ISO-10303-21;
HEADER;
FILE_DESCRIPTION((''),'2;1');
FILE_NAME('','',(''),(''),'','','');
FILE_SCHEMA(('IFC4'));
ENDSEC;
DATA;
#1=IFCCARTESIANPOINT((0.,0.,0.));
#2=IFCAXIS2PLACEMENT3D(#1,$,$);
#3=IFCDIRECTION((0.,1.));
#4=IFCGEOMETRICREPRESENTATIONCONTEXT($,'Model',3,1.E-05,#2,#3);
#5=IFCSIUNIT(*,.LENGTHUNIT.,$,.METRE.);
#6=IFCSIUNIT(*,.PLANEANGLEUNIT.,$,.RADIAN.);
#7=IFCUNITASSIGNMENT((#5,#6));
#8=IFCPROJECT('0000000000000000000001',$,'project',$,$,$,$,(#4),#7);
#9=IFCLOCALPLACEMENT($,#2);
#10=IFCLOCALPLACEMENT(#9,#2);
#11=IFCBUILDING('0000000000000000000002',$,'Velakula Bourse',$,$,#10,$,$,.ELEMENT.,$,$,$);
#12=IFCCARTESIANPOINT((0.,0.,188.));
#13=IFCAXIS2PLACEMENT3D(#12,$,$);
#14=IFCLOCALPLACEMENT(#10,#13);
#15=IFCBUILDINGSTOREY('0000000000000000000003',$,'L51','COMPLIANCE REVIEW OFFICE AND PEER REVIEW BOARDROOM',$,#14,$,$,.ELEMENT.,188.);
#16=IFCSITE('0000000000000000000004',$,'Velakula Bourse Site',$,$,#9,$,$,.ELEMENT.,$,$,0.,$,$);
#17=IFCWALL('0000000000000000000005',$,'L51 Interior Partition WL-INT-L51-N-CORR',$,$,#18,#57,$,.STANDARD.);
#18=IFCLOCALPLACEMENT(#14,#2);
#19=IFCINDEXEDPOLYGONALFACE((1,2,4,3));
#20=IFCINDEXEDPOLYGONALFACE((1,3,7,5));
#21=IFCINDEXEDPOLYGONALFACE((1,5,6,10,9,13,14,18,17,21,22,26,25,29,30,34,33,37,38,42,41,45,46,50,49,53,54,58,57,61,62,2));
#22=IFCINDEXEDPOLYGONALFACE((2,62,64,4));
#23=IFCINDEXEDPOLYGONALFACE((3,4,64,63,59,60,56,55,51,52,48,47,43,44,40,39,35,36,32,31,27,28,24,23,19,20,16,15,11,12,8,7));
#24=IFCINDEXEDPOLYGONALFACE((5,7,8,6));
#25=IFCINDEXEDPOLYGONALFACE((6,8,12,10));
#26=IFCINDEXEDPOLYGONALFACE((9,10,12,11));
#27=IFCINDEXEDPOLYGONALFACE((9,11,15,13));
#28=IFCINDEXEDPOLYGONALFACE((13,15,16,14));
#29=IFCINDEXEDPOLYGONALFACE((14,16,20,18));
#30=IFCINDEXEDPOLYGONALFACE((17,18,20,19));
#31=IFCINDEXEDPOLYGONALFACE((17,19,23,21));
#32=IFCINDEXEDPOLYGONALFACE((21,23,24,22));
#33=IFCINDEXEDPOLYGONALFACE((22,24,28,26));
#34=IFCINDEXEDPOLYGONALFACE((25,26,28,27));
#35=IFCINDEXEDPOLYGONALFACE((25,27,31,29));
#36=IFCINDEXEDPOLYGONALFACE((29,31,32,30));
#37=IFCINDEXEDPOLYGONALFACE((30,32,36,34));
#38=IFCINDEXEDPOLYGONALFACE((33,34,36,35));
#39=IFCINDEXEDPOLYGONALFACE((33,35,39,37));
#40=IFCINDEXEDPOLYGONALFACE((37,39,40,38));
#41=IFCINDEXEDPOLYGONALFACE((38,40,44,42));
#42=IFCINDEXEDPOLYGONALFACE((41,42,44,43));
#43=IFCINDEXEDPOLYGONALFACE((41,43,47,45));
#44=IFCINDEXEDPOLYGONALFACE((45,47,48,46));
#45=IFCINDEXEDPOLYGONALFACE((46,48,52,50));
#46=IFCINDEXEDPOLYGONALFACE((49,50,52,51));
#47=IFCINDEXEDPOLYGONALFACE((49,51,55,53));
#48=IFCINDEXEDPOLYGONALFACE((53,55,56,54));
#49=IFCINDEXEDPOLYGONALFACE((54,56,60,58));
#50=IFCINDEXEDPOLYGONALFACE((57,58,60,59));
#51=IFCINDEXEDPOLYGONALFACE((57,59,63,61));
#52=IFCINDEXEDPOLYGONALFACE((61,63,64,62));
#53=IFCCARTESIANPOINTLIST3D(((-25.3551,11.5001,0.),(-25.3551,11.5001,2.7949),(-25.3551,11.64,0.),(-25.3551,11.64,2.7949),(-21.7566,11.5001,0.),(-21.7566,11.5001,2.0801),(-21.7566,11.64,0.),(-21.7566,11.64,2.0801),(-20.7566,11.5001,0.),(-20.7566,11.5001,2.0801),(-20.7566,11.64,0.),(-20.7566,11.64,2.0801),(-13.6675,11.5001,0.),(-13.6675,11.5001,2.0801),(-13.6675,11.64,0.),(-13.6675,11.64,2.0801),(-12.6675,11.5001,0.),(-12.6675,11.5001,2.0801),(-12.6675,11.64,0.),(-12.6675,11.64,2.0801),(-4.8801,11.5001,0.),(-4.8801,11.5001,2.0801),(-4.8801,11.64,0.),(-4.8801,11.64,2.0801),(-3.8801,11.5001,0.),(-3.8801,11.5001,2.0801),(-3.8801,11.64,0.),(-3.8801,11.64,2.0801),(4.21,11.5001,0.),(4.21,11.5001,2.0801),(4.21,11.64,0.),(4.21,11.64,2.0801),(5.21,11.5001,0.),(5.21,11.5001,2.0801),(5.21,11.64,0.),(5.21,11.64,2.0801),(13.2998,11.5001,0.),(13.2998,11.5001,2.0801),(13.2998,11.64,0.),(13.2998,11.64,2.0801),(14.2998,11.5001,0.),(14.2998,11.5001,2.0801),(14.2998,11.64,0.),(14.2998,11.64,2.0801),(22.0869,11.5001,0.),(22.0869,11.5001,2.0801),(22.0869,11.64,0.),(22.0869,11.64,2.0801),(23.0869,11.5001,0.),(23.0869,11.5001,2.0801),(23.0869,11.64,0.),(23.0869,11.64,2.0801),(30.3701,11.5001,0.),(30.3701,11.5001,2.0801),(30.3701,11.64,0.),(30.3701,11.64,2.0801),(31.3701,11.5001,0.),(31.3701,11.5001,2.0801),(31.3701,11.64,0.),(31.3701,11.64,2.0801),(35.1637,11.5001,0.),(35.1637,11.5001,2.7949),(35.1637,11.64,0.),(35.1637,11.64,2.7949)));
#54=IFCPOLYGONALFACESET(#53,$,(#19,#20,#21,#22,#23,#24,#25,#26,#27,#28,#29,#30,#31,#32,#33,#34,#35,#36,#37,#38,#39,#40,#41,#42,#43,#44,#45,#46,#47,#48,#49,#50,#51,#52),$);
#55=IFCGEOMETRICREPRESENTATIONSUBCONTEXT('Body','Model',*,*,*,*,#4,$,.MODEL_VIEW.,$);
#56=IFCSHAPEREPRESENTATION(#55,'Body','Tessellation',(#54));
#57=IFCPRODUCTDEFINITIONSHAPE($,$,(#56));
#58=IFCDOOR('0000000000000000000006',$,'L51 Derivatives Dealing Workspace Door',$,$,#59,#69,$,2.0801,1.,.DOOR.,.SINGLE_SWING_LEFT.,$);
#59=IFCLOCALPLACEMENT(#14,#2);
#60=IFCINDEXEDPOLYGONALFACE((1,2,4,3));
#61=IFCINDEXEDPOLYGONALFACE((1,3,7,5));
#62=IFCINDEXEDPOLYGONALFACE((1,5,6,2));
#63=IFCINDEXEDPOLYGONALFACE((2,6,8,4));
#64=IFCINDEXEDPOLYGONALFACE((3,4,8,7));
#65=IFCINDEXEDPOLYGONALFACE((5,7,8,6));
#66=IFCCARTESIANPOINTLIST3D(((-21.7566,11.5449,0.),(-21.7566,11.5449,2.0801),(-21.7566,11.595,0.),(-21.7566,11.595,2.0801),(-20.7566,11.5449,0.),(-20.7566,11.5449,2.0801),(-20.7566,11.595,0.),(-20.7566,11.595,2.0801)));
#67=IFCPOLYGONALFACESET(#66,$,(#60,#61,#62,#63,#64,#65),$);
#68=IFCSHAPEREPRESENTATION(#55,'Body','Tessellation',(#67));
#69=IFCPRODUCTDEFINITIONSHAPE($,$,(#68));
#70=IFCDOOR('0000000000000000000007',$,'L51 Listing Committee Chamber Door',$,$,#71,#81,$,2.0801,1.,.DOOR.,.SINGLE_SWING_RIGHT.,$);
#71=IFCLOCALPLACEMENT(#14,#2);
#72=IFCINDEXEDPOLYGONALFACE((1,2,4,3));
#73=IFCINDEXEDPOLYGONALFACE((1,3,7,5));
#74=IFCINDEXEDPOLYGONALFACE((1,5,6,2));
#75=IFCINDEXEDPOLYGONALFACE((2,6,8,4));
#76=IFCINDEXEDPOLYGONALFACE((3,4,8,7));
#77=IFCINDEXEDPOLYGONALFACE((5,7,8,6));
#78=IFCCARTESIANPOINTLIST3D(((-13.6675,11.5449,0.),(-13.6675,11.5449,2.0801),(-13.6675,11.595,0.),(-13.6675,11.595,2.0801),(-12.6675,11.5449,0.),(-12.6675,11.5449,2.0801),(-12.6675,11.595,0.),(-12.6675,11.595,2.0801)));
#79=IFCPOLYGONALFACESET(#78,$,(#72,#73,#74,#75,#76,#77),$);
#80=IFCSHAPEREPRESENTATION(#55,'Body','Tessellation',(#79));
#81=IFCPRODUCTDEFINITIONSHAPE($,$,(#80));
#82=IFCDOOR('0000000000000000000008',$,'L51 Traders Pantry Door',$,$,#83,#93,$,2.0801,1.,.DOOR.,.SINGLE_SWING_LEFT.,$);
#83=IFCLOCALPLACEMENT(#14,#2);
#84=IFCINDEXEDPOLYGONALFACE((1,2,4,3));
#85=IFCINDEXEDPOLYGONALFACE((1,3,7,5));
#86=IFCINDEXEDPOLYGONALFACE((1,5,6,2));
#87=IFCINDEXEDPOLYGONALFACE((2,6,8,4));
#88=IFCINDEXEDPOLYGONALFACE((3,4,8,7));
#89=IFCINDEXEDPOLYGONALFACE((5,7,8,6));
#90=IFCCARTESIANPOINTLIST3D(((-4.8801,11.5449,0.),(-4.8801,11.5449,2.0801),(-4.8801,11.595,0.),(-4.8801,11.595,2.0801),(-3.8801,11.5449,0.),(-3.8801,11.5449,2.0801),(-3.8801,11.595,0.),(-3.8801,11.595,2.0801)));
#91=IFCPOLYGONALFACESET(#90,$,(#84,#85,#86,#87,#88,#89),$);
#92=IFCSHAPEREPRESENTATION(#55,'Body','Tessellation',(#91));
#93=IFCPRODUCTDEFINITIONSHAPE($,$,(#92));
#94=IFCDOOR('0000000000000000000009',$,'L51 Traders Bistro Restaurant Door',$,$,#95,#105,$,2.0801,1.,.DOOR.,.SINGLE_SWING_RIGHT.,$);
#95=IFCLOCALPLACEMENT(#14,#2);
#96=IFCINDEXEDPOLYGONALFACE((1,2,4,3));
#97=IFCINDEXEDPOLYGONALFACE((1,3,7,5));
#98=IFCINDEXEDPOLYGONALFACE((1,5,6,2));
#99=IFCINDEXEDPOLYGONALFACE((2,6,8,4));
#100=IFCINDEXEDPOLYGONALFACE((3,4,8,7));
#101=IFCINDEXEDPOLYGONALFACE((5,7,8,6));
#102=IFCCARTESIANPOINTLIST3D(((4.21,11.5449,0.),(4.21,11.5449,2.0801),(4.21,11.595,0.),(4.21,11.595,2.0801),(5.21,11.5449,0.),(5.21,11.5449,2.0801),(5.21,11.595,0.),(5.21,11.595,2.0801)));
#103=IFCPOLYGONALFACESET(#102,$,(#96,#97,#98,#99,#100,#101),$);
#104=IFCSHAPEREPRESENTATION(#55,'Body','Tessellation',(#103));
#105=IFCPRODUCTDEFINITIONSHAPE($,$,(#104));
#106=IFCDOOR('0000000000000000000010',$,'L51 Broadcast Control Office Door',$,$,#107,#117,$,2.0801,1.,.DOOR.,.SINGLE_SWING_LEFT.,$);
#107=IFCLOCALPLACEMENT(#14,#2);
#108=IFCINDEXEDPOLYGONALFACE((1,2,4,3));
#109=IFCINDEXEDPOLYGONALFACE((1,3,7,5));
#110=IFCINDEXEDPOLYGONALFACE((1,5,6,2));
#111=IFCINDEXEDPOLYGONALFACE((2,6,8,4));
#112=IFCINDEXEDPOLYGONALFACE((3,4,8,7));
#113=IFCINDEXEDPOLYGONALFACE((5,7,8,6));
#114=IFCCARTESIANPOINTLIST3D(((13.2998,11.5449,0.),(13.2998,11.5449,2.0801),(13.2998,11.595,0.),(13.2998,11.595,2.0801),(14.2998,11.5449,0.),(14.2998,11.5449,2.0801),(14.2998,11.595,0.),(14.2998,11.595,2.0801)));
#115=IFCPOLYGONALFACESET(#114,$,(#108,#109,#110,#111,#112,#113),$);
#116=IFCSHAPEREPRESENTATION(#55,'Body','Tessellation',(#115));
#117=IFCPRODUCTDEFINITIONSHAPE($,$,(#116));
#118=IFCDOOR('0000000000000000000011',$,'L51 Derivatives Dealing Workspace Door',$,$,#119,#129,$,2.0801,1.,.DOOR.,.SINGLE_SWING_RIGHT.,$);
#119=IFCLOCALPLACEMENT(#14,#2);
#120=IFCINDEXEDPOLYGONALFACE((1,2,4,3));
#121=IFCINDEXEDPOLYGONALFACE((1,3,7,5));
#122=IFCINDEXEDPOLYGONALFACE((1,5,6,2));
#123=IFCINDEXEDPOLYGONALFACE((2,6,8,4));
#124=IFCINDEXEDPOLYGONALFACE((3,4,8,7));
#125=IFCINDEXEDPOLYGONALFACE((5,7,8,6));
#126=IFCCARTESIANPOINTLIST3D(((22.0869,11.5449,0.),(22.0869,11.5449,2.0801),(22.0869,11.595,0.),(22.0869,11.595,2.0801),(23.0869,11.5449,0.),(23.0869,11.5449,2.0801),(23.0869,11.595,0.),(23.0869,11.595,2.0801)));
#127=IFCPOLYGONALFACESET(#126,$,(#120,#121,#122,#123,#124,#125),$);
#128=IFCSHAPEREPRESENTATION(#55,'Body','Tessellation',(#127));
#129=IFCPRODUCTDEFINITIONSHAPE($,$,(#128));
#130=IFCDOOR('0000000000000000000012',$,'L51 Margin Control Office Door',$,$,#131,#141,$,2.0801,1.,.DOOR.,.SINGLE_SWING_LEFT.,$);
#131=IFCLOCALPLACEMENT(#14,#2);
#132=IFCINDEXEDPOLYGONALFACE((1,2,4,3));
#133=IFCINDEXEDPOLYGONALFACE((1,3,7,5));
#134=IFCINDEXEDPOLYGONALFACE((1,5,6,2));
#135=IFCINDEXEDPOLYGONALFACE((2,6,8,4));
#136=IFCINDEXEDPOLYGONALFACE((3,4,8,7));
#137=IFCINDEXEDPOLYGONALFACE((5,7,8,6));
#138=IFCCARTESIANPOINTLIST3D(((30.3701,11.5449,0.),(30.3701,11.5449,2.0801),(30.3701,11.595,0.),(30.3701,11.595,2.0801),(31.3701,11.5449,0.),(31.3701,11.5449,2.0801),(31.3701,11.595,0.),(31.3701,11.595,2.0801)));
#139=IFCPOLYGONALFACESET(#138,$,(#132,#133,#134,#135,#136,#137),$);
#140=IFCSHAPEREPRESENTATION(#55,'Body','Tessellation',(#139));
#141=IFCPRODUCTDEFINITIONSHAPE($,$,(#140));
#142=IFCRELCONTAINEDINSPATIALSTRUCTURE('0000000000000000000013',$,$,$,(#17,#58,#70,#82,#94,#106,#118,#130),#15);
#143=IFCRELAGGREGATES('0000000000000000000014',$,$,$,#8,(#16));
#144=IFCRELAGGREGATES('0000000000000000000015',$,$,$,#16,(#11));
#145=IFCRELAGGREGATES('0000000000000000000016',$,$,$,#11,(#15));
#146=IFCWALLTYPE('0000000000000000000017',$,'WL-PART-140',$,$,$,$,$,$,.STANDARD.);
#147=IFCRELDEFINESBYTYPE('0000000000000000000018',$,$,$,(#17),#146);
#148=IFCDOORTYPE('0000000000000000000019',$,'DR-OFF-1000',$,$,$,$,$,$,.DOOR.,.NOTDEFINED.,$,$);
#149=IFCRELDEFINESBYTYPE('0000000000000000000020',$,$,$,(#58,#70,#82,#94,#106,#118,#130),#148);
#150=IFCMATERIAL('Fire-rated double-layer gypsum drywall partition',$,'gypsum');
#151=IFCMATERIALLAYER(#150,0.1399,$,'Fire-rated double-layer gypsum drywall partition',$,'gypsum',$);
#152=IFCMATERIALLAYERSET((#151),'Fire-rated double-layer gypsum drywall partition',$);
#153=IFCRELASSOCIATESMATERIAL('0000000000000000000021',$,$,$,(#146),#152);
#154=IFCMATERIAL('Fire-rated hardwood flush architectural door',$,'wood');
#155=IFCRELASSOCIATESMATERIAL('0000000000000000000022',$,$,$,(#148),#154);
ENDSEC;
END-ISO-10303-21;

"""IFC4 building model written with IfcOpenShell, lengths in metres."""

from ifc_helpers import new_model, si_unit, direction, frame, frame_2d, origin, place, context, subcontext, project, spatial, rectangle, extrude, material, layer, layer_set, type_object, element, fill, save


model = new_model("IFC4")

# Units and contexts
model_context = context("Model", 3, precision=1e-05, world=origin(), true_north=direction((0.0, 1.0)))
body_context = subcontext(model_context, "Body", "Model", "MODEL_VIEW")
ifc_project = project(units=[si_unit("LENGTHUNIT", "METRE"), si_unit("PLANEANGLEUNIT", "RADIAN")], contexts=[model_context])

# Site, building, storey
site_placement = place(None, origin())
site = spatial("IfcSite", under=ifc_project, at=site_placement, Name="Velakula Bourse Site", CompositionType="ELEMENT", RefElevation=0.0)
building_placement = place(site_placement, origin())
building = spatial("IfcBuilding", under=site, at=building_placement, Name="Velakula Bourse", CompositionType="ELEMENT")
storey_placement = place(building_placement, frame((0.0, 0.0, 188.0)))
storey = spatial("IfcBuildingStorey", under=building, at=storey_placement, Name="L51", Description="COMPLIANCE REVIEW OFFICE AND PEER REVIEW BOARDROOM", CompositionType="ELEMENT", Elevation=188.0)

# Wall, openings, doors
ifc_material_1 = material(Name="Fire-rated double-layer gypsum drywall partition", Category="gypsum")
ifc_layer_1 = layer(ifc_material_1, 0.1399, Name="Fire-rated double-layer gypsum drywall partition", Category="gypsum")
ifc_layer_set_1 = layer_set([ifc_layer_1], Name="Fire-rated double-layer gypsum drywall partition")
wall_type_1 = type_object("IfcWallType", Name="WL-PART-140", PredefinedType="STANDARD", material=ifc_layer_set_1)
wall_1_placement = place(storey_placement, frame((-25.355, 11.5701, 0.0), z_axis=(0.0, 0.0, 1.0), x_axis=(1.0, 0.0, 0.0)))
wall_1 = element("IfcWall", 1, at=wall_1_placement, inside=storey, type_object=wall_type_1, Name="L51 Interior Partition WL-INT-L51-N-CORR", PredefinedType="STANDARD", context=body_context, shape_type="SweptSolid", body=[
    extrude(rectangle(XDim=60.5188, YDim=0.1399, at=frame_2d((30.2593, 0.0))), origin(), (0.0, 0.0, 1.0), 2.7949),
])
opening_1_placement = place(wall_1_placement, frame((3.5984, 0.0, 0.0)))
opening_1 = element("IfcOpeningElement", 2, at=opening_1_placement, cuts=wall_1, PredefinedType="OPENING", context=body_context, shape_type="SweptSolid", body=[
    extrude(rectangle(XDim=1.0, YDim=2.0801, at=frame_2d((0.5, 1.04))), frame((0.0, 0.0798, 0.0), z_axis=(0.0, -1.0, 0.0), x_axis=(1.0, 0.0, 0.0)), (0.0, 0.0, 1.0), 0.1599),
])
opening_2_placement = place(wall_1_placement, frame((11.6875, 0.0, 0.0)))
opening_2 = element("IfcOpeningElement", 3, at=opening_2_placement, cuts=wall_1, PredefinedType="OPENING", context=body_context, shape_type="SweptSolid", body=[
    extrude(rectangle(XDim=1.0, YDim=2.0801, at=frame_2d((0.5, 1.04))), frame((0.0, 0.0798, 0.0), z_axis=(0.0, -1.0, 0.0), x_axis=(1.0, 0.0, 0.0)), (0.0, 0.0, 1.0), 0.1599),
])
opening_3_placement = place(wall_1_placement, frame((20.4749, 0.0, 0.0)))
opening_3 = element("IfcOpeningElement", 4, at=opening_3_placement, cuts=wall_1, PredefinedType="OPENING", context=body_context, shape_type="SweptSolid", body=[
    extrude(rectangle(XDim=1.0, YDim=2.0801, at=frame_2d((0.5, 1.04))), frame((0.0, 0.0798, 0.0), z_axis=(0.0, -1.0, 0.0), x_axis=(1.0, 0.0, 0.0)), (0.0, 0.0, 1.0), 0.1599),
])
opening_4_placement = place(wall_1_placement, frame((29.5649, 0.0, 0.0)))
opening_4 = element("IfcOpeningElement", 5, at=opening_4_placement, cuts=wall_1, PredefinedType="OPENING", context=body_context, shape_type="SweptSolid", body=[
    extrude(rectangle(XDim=1.0, YDim=2.0801, at=frame_2d((0.5, 1.04))), frame((0.0, 0.0798, 0.0), z_axis=(0.0, -1.0, 0.0), x_axis=(1.0, 0.0, 0.0)), (0.0, 0.0, 1.0), 0.1599),
])
opening_5_placement = place(wall_1_placement, frame((38.6548, 0.0, 0.0)))
opening_5 = element("IfcOpeningElement", 6, at=opening_5_placement, cuts=wall_1, PredefinedType="OPENING", context=body_context, shape_type="SweptSolid", body=[
    extrude(rectangle(XDim=1.0, YDim=2.0801, at=frame_2d((0.5, 1.04))), frame((0.0, 0.0798, 0.0), z_axis=(0.0, -1.0, 0.0), x_axis=(1.0, 0.0, 0.0)), (0.0, 0.0, 1.0), 0.1599),
])
opening_6_placement = place(wall_1_placement, frame((47.4419, 0.0, 0.0)))
opening_6 = element("IfcOpeningElement", 7, at=opening_6_placement, cuts=wall_1, PredefinedType="OPENING", context=body_context, shape_type="SweptSolid", body=[
    extrude(rectangle(XDim=1.0, YDim=2.0801, at=frame_2d((0.5, 1.04))), frame((0.0, 0.0798, 0.0), z_axis=(0.0, -1.0, 0.0), x_axis=(1.0, 0.0, 0.0)), (0.0, 0.0, 1.0), 0.1599),
])
opening_7_placement = place(wall_1_placement, frame((55.7251, 0.0, 0.0)))
opening_7 = element("IfcOpeningElement", 8, at=opening_7_placement, cuts=wall_1, PredefinedType="OPENING", context=body_context, shape_type="SweptSolid", body=[
    extrude(rectangle(XDim=1.0, YDim=2.0801, at=frame_2d((0.5, 1.04))), frame((0.0, 0.0798, 0.0), z_axis=(0.0, -1.0, 0.0), x_axis=(1.0, 0.0, 0.0)), (0.0, 0.0, 1.0), 0.1599),
])
ifc_material_2 = material(Name="Fire-rated hardwood flush architectural door", Category="wood")
door_type = type_object("IfcDoorType", Name="DR-OFF-1000", OperationType="NOTDEFINED", PredefinedType="DOOR", material=ifc_material_2)
door_1_placement = place(opening_1_placement, origin())
door_1 = element("IfcDoor", 9, at=door_1_placement, inside=storey, type_object=door_type, Name="L51 Derivatives Dealing Workspace Door", OperationType="SINGLE_SWING_LEFT", OverallHeight=2.0801, OverallWidth=1.0, PredefinedType="DOOR", context=body_context, shape_type="SweptSolid", body=[
    extrude(rectangle(XDim=1.0, YDim=2.0801, at=frame_2d((0.5, 1.04))), frame((0.0, 0.0249, 0.0), z_axis=(0.0, -1.0, 0.0), x_axis=(1.0, 0.0, 0.0)), (0.0, 0.0, 1.0), 0.05),
])
fill(opening_1, door_1)
door_2_placement = place(opening_2_placement, origin())
door_2 = element("IfcDoor", 10, at=door_2_placement, inside=storey, type_object=door_type, Name="L51 Listing Committee Chamber Door", OperationType="SINGLE_SWING_RIGHT", OverallHeight=2.0801, OverallWidth=1.0, PredefinedType="DOOR", context=body_context, shape_type="SweptSolid", body=[
    extrude(rectangle(XDim=1.0, YDim=2.0801, at=frame_2d((0.5, 1.04))), frame((0.0, 0.0249, 0.0), z_axis=(0.0, -1.0, 0.0), x_axis=(1.0, 0.0, 0.0)), (0.0, 0.0, 1.0), 0.05),
])
fill(opening_2, door_2)
door_3_placement = place(opening_3_placement, origin())
door_3 = element("IfcDoor", 11, at=door_3_placement, inside=storey, type_object=door_type, Name="L51 Traders Pantry Door", OperationType="SINGLE_SWING_LEFT", OverallHeight=2.0801, OverallWidth=1.0, PredefinedType="DOOR", context=body_context, shape_type="SweptSolid", body=[
    extrude(rectangle(XDim=1.0, YDim=2.0801, at=frame_2d((0.5, 1.04))), frame((0.0, 0.0249, 0.0), z_axis=(0.0, -1.0, 0.0), x_axis=(1.0, 0.0, 0.0)), (0.0, 0.0, 1.0), 0.05),
])
fill(opening_3, door_3)
door_4_placement = place(opening_4_placement, origin())
door_4 = element("IfcDoor", 12, at=door_4_placement, inside=storey, type_object=door_type, Name="L51 Traders Bistro Restaurant Door", OperationType="SINGLE_SWING_RIGHT", OverallHeight=2.0801, OverallWidth=1.0, PredefinedType="DOOR", context=body_context, shape_type="SweptSolid", body=[
    extrude(rectangle(XDim=1.0, YDim=2.0801, at=frame_2d((0.5, 1.04))), frame((0.0, 0.0249, 0.0), z_axis=(0.0, -1.0, 0.0), x_axis=(1.0, 0.0, 0.0)), (0.0, 0.0, 1.0), 0.05),
])
fill(opening_4, door_4)
door_5_placement = place(opening_5_placement, origin())
door_5 = element("IfcDoor", 13, at=door_5_placement, inside=storey, type_object=door_type, Name="L51 Broadcast Control Office Door", OperationType="SINGLE_SWING_LEFT", OverallHeight=2.0801, OverallWidth=1.0, PredefinedType="DOOR", context=body_context, shape_type="SweptSolid", body=[
    extrude(rectangle(XDim=1.0, YDim=2.0801, at=frame_2d((0.5, 1.04))), frame((0.0, 0.0249, 0.0), z_axis=(0.0, -1.0, 0.0), x_axis=(1.0, 0.0, 0.0)), (0.0, 0.0, 1.0), 0.05),
])
fill(opening_5, door_5)
door_6_placement = place(opening_6_placement, origin())
door_6 = element("IfcDoor", 14, at=door_6_placement, inside=storey, type_object=door_type, Name="L51 Derivatives Dealing Workspace Door", OperationType="SINGLE_SWING_RIGHT", OverallHeight=2.0801, OverallWidth=1.0, PredefinedType="DOOR", context=body_context, shape_type="SweptSolid", body=[
    extrude(rectangle(XDim=1.0, YDim=2.0801, at=frame_2d((0.5, 1.04))), frame((0.0, 0.0249, 0.0), z_axis=(0.0, -1.0, 0.0), x_axis=(1.0, 0.0, 0.0)), (0.0, 0.0, 1.0), 0.05),
])
fill(opening_6, door_6)
door_7_placement = place(opening_7_placement, origin())
door_7 = element("IfcDoor", 15, at=door_7_placement, inside=storey, type_object=door_type, Name="L51 Margin Control Office Door", OperationType="SINGLE_SWING_LEFT", OverallHeight=2.0801, OverallWidth=1.0, PredefinedType="DOOR", context=body_context, shape_type="SweptSolid", body=[
    extrude(rectangle(XDim=1.0, YDim=2.0801, at=frame_2d((0.5, 1.04))), frame((0.0, 0.0249, 0.0), z_axis=(0.0, -1.0, 0.0), x_axis=(1.0, 0.0, 0.0)), (0.0, 0.0, 1.0), 0.05),
])
fill(opening_7, door_7)

save(model, "model.ifc")
